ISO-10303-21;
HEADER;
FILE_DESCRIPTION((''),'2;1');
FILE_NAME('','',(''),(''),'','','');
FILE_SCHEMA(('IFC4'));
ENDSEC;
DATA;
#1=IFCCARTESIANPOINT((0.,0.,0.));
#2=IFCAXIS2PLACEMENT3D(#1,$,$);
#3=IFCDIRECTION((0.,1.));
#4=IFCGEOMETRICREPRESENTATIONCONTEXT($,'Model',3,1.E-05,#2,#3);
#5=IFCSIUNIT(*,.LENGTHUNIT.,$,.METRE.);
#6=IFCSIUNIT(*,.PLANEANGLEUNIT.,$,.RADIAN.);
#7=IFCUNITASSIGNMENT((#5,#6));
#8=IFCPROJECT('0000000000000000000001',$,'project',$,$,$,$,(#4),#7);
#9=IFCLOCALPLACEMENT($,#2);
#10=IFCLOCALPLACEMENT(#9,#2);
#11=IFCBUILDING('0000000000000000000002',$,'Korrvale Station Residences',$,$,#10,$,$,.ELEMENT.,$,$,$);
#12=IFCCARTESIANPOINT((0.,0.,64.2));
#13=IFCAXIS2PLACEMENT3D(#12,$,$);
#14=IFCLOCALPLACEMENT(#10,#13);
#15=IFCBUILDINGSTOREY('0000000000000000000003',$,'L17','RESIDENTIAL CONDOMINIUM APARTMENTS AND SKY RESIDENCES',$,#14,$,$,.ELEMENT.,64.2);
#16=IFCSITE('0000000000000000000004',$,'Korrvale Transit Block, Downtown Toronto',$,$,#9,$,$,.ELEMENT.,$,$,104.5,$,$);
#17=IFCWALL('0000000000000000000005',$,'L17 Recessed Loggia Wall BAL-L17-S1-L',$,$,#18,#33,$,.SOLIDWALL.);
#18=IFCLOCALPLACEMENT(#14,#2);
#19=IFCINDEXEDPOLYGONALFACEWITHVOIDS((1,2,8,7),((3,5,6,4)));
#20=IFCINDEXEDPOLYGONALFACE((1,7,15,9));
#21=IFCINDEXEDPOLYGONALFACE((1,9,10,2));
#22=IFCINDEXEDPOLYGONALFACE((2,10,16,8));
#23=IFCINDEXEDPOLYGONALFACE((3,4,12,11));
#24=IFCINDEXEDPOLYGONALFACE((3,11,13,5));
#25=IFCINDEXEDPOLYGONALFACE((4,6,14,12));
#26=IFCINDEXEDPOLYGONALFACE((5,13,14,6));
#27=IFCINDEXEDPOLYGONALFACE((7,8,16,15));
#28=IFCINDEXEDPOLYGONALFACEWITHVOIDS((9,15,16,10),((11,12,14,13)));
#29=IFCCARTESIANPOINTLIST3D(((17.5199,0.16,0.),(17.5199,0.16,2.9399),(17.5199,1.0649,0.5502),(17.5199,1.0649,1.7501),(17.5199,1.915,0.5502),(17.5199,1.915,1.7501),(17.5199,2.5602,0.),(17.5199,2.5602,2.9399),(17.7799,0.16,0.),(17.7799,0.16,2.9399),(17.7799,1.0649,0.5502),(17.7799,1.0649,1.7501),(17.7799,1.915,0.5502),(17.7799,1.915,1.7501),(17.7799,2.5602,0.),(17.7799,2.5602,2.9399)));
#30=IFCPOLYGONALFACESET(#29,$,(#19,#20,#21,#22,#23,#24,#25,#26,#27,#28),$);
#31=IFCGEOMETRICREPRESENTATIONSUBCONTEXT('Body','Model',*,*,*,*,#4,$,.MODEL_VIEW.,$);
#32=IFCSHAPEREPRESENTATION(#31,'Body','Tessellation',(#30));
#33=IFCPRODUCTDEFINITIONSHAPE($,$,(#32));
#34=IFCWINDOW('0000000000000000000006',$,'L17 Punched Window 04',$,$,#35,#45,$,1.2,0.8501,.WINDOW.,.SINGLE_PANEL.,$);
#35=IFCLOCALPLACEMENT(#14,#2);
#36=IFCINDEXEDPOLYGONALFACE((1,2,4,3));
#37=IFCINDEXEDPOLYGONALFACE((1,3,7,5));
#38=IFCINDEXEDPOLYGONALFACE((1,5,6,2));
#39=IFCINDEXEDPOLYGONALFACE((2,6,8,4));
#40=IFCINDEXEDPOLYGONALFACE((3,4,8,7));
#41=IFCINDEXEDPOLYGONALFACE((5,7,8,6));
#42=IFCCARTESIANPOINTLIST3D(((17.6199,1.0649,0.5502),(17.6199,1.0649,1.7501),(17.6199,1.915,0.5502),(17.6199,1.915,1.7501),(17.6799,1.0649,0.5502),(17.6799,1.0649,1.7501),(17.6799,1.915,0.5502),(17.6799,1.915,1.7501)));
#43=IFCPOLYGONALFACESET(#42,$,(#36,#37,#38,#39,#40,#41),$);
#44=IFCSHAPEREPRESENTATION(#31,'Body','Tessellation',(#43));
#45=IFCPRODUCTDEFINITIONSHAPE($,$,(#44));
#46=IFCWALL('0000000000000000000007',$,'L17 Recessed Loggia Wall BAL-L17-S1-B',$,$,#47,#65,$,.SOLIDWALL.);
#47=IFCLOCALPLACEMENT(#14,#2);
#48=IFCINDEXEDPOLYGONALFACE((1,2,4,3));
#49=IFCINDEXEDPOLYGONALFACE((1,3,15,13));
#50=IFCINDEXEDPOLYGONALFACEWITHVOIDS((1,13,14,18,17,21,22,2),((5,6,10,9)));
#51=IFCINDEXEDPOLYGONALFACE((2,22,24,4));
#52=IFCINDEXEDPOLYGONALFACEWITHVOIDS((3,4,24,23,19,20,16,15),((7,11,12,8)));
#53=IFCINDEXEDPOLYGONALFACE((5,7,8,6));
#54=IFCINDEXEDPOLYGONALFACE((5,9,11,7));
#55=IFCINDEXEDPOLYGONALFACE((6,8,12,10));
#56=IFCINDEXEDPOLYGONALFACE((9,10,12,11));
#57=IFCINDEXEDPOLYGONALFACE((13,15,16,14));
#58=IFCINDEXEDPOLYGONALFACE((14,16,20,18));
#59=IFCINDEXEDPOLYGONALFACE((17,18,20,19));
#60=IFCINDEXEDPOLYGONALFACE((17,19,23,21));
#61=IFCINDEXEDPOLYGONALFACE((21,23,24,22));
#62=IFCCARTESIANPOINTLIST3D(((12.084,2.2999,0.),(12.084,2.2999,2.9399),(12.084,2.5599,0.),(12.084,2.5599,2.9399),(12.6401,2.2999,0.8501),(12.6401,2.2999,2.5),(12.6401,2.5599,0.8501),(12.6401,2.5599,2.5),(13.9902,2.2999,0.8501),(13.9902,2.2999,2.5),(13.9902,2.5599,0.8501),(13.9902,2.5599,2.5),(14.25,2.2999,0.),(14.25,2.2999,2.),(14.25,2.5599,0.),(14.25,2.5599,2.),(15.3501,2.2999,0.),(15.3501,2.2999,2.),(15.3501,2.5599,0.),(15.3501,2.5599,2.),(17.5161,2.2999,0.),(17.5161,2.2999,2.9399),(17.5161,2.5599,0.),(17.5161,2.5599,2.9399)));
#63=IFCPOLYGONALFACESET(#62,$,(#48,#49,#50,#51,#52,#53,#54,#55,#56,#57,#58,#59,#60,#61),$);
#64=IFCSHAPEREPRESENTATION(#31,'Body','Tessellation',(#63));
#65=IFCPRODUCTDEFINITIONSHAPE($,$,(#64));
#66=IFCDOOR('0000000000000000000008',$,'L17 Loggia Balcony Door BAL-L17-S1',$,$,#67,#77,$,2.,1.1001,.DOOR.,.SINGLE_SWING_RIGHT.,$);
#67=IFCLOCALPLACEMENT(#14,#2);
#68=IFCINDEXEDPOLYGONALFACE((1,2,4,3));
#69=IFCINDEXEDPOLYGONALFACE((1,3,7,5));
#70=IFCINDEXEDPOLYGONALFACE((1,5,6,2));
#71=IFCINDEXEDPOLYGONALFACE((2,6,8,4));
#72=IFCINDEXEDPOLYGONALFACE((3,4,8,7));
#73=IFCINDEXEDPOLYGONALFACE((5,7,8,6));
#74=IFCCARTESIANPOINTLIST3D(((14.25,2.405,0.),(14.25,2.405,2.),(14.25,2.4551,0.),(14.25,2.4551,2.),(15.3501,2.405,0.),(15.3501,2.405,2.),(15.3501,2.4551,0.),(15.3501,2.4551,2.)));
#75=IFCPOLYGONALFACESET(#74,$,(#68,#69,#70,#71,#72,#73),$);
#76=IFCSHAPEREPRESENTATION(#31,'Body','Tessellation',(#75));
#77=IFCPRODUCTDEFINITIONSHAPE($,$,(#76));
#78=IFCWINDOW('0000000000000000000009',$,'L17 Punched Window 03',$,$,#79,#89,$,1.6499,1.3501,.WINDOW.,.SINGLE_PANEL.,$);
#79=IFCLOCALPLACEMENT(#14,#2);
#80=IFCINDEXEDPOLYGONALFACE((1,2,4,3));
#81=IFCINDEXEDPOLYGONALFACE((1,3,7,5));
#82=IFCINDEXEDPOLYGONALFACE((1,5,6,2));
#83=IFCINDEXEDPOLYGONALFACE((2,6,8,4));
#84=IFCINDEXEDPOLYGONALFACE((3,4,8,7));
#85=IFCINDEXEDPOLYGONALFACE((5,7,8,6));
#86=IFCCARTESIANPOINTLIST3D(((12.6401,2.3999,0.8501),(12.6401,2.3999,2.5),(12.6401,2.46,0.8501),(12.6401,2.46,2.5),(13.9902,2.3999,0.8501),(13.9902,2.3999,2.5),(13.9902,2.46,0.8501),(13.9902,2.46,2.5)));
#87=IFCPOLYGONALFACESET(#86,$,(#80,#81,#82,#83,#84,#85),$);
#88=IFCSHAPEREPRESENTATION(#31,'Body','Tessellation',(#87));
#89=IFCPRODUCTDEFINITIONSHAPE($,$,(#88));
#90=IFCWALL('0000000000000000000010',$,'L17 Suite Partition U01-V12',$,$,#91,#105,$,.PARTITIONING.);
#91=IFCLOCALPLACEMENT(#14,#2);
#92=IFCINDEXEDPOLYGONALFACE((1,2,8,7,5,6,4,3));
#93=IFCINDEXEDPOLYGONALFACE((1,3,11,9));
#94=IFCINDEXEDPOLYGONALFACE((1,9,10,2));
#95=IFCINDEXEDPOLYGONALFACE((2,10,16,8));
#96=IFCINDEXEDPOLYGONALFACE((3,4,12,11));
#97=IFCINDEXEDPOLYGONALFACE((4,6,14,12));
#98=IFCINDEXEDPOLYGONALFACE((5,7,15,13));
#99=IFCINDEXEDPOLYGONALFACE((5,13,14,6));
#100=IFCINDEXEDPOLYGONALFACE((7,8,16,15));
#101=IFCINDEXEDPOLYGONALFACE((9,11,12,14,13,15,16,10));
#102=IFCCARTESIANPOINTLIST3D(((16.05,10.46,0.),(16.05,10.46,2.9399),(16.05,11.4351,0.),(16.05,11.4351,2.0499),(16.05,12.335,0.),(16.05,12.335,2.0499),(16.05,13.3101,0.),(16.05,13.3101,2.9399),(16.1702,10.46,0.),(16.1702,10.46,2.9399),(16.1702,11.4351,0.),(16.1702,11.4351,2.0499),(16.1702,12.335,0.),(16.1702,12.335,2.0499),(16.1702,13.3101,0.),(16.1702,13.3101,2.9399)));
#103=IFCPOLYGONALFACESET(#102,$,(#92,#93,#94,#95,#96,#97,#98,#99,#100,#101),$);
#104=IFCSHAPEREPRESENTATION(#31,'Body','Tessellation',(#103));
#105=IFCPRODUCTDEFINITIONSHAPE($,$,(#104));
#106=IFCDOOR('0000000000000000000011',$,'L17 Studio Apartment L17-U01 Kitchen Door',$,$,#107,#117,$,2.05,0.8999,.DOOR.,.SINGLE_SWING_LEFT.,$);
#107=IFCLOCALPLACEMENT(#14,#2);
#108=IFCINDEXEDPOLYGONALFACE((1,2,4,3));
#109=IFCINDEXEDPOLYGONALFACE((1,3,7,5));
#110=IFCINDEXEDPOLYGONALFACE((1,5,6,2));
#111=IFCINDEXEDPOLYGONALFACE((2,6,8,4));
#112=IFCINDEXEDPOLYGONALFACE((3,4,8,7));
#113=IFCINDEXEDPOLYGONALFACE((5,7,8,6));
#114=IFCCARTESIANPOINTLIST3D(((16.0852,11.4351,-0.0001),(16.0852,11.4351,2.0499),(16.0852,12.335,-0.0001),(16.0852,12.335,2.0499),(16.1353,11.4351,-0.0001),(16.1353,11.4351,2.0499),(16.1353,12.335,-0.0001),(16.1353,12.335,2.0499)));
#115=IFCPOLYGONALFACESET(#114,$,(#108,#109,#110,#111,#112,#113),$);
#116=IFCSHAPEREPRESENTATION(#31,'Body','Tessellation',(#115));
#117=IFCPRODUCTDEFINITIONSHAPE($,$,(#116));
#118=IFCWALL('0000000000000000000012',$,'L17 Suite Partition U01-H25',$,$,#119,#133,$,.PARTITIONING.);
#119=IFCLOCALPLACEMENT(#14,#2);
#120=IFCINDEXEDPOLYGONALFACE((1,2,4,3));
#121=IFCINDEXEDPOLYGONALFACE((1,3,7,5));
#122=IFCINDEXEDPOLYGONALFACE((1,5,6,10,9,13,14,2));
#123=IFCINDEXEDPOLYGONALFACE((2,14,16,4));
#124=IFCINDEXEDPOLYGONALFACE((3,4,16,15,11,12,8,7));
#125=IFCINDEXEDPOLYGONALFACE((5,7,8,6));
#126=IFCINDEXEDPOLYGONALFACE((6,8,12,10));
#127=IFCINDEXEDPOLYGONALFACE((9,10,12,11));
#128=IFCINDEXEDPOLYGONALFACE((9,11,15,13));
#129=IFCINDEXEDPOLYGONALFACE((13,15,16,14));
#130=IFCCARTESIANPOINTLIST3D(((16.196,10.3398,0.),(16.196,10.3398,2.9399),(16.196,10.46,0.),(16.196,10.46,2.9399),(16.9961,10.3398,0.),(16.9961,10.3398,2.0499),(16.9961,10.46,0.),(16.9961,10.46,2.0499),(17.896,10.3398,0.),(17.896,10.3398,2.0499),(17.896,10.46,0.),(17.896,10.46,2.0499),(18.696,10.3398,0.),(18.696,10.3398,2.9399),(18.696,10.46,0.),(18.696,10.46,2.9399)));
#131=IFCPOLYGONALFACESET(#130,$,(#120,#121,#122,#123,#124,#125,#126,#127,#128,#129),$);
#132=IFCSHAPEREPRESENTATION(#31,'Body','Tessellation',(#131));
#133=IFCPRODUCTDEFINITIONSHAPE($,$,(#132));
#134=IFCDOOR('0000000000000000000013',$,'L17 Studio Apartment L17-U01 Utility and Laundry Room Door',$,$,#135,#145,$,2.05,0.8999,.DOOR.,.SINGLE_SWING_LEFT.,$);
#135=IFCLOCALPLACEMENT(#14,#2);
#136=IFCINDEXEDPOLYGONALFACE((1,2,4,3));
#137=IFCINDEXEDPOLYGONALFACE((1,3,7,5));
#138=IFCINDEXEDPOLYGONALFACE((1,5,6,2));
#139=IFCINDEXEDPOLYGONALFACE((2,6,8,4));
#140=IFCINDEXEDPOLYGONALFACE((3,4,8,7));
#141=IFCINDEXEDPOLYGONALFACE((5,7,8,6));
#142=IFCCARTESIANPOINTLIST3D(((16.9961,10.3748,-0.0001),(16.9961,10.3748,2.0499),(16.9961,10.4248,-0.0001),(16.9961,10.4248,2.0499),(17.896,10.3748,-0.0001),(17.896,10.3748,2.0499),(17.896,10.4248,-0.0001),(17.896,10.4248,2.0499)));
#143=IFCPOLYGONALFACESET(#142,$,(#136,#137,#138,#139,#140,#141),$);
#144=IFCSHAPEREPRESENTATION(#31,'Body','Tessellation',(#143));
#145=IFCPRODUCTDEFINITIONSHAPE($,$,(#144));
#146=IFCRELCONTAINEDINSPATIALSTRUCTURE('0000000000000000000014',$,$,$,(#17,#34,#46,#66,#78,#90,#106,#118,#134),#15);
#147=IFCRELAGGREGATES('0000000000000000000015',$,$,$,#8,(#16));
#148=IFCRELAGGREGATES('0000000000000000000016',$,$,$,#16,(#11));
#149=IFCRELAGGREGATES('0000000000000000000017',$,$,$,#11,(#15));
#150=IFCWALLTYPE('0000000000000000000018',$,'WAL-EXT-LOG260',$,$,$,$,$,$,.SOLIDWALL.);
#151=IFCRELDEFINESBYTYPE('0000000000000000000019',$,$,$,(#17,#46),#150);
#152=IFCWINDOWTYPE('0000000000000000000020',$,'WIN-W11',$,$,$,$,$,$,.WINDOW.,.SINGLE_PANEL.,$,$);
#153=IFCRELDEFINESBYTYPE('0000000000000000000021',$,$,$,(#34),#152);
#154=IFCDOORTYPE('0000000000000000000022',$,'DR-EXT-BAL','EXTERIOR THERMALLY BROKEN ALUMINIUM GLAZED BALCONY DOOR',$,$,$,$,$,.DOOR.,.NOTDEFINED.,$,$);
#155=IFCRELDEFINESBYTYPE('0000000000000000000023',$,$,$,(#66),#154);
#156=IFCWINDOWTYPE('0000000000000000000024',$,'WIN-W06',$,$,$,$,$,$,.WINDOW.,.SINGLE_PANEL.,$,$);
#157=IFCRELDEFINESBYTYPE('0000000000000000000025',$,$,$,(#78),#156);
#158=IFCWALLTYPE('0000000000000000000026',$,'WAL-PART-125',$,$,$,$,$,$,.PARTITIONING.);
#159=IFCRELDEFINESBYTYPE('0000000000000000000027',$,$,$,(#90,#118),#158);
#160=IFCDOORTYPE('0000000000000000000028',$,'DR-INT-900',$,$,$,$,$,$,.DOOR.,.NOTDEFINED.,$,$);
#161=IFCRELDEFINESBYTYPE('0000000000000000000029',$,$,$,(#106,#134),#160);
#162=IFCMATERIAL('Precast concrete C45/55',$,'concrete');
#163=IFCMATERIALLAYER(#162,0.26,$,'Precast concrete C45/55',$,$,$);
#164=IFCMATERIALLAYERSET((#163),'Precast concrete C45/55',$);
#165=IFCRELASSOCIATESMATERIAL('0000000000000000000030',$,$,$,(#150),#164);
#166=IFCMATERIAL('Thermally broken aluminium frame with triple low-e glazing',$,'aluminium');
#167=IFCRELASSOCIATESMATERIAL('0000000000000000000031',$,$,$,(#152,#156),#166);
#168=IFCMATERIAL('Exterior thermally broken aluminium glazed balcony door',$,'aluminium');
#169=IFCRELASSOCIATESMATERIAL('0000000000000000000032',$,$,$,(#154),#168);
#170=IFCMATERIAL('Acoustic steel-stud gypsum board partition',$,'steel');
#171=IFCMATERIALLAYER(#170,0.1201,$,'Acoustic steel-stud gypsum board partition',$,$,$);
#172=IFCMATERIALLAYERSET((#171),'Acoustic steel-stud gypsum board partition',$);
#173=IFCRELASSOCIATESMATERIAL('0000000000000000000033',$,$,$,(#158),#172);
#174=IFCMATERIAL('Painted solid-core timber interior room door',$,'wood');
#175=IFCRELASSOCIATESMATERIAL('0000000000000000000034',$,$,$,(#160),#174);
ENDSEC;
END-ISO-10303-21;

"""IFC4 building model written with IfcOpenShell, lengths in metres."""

from ifc_helpers import new_model, si_unit, direction, frame, frame_2d, origin, place, context, subcontext, project, spatial, rectangle, extrude, material, layer, layer_set, type_object, element, fill, save


model = new_model("IFC4")

# Units and contexts
model_context = context("Model", 3, precision=1e-05, world=origin(), true_north=direction((0.0, 1.0)))
body_context = subcontext(model_context, "Body", "Model", "MODEL_VIEW")
ifc_project = project(units=[si_unit("LENGTHUNIT", "METRE"), si_unit("PLANEANGLEUNIT", "RADIAN")], contexts=[model_context])

# Site, building, storey
site_placement = place(None, origin())
site = spatial("IfcSite", under=ifc_project, at=site_placement, Name="Korrvale Transit Block, Downtown Toronto", CompositionType="ELEMENT", RefElevation=104.5)
building_placement = place(site_placement, origin())
building = spatial("IfcBuilding", under=site, at=building_placement, Name="Korrvale Station Residences", CompositionType="ELEMENT")
storey_placement = place(building_placement, frame((0.0, 0.0, 64.2)))
storey = spatial("IfcBuildingStorey", under=building, at=storey_placement, Name="L17", Description="RESIDENTIAL CONDOMINIUM APARTMENTS AND SKY RESIDENCES", CompositionType="ELEMENT", Elevation=64.2)

# Wall, opening, window
ifc_material_1 = material(Name="Precast concrete C45/55", Category="concrete")
ifc_layer_1 = layer(ifc_material_1, 0.26, Name="Precast concrete C45/55")
ifc_layer_set_1 = layer_set([ifc_layer_1], Name="Precast concrete C45/55")
wall_type_1 = type_object("IfcWallType", Name="WAL-EXT-LOG260", PredefinedType="SOLIDWALL", material=ifc_layer_set_1)
wall_1_placement = place(storey_placement, frame((17.6499, 0.1599, 0.0), z_axis=(0.0, 0.0, 1.0), x_axis=(0.0, 1.0, 0.0)))
wall_1 = element("IfcWall", 1, at=wall_1_placement, inside=storey, type_object=wall_type_1, Name="L17 Recessed Loggia Wall BAL-L17-S1-L", PredefinedType="SOLIDWALL", context=body_context, shape_type="SweptSolid", body=[
    extrude(rectangle(XDim=2.4001, YDim=0.26, at=frame_2d((1.2002, 0.0))), origin(), (0.0, 0.0, 1.0), 2.9399),
])
opening_1_placement = place(wall_1_placement, frame((0.905, 0.0, 0.55)))
opening_1 = element("IfcOpeningElement", 2, at=opening_1_placement, cuts=wall_1, PredefinedType="OPENING", context=body_context, shape_type="SweptSolid", body=[
    extrude(rectangle(XDim=0.8501, YDim=1.2, at=frame_2d((0.425, 0.6001))), frame((0.0, 0.1401, 0.0), z_axis=(0.0, -1.0, 0.0), x_axis=(1.0, 0.0, 0.0)), (0.0, 0.0, 1.0), 0.28),
])
ifc_material_2 = material(Name="Thermally broken aluminium frame with triple low-e glazing", Category="aluminium")
window_type_1 = type_object("IfcWindowType", Name="WIN-W11", PartitioningType="SINGLE_PANEL", PredefinedType="WINDOW", material=ifc_material_2)
window_1_placement = place(opening_1_placement, origin())
window_1 = element("IfcWindow", 3, at=window_1_placement, inside=storey, type_object=window_type_1, Name="L17 Punched Window 04", OverallHeight=1.2, OverallWidth=0.8501, PartitioningType="SINGLE_PANEL", PredefinedType="WINDOW", context=body_context, shape_type="SweptSolid", body=[
    extrude(rectangle(XDim=0.8501, YDim=1.2, at=frame_2d((0.425, 0.6001))), frame((0.0, 0.03, 0.0), z_axis=(0.0, -1.0, 0.0), x_axis=(1.0, 0.0, 0.0)), (0.0, 0.0, 1.0), 0.0601),
])
fill(opening_1, window_1)

# Wall, openings, door, window
wall_2_placement = place(storey_placement, frame((17.5161, 2.4299, 0.0), z_axis=(0.0, 0.0, 1.0), x_axis=(-1.0, 0.0, 0.0)))
wall_2 = element("IfcWall", 4, at=wall_2_placement, inside=storey, type_object=wall_type_1, Name="L17 Recessed Loggia Wall BAL-L17-S1-B", PredefinedType="SOLIDWALL", context=body_context, shape_type="SweptSolid", body=[
    extrude(rectangle(XDim=5.4321, YDim=0.26, at=frame_2d((2.7161, 0.0))), origin(), (0.0, 0.0, 1.0), 2.9399),
])
opening_2_placement = place(wall_2_placement, frame((2.166, 0.0, 0.0)))
opening_2 = element("IfcOpeningElement", 5, at=opening_2_placement, cuts=wall_2, PredefinedType="OPENING", context=body_context, shape_type="SweptSolid", body=[
    extrude(rectangle(XDim=1.1001, YDim=2.0, at=frame_2d((0.55, 1.0))), frame((0.0, 0.1401, 0.0), z_axis=(0.0, -1.0, 0.0), x_axis=(1.0, 0.0, 0.0)), (0.0, 0.0, 1.0), 0.28),
])
opening_3_placement = place(wall_2_placement, frame((3.5259, 0.0, 0.8501)))
opening_3 = element("IfcOpeningElement", 6, at=opening_3_placement, cuts=wall_2, PredefinedType="OPENING", context=body_context, shape_type="SweptSolid", body=[
    extrude(rectangle(XDim=1.3501, YDim=1.6499, at=frame_2d((0.675, 0.825))), frame((0.0, 0.1401, 0.0), z_axis=(0.0, -1.0, 0.0), x_axis=(1.0, 0.0, 0.0)), (0.0, 0.0, 1.0), 0.28),
])
ifc_material_3 = material(Name="Exterior thermally broken aluminium glazed balcony door", Category="aluminium")
door_type_1 = type_object("IfcDoorType", Name="DR-EXT-BAL", Description="EXTERIOR THERMALLY BROKEN ALUMINIUM GLAZED BALCONY DOOR", OperationType="NOTDEFINED", PredefinedType="DOOR", material=ifc_material_3)
door_1_placement = place(opening_2_placement, origin())
door_1 = element("IfcDoor", 7, at=door_1_placement, inside=storey, type_object=door_type_1, Name="L17 Loggia Balcony Door BAL-L17-S1", OperationType="SINGLE_SWING_RIGHT", OverallHeight=2.0, OverallWidth=1.1001, PredefinedType="DOOR", context=body_context, shape_type="SweptSolid", body=[
    extrude(rectangle(XDim=1.1001, YDim=2.0, at=frame_2d((0.55, 1.0))), frame((0.0, 0.0249, 0.0), z_axis=(0.0, -1.0, 0.0), x_axis=(1.0, 0.0, 0.0)), (0.0, 0.0, 1.0), 0.05),
])
fill(opening_2, door_1)
window_type_2 = type_object("IfcWindowType", Name="WIN-W06", PartitioningType="SINGLE_PANEL", PredefinedType="WINDOW", material=ifc_material_2)
window_2_placement = place(opening_3_placement, origin())
window_2 = element("IfcWindow", 8, at=window_2_placement, inside=storey, type_object=window_type_2, Name="L17 Punched Window 03", OverallHeight=1.6499, OverallWidth=1.3501, PartitioningType="SINGLE_PANEL", PredefinedType="WINDOW", context=body_context, shape_type="SweptSolid", body=[
    extrude(rectangle(XDim=1.3501, YDim=1.6499, at=frame_2d((0.675, 0.825))), frame((0.0, 0.03, 0.0), z_axis=(0.0, -1.0, 0.0), x_axis=(1.0, 0.0, 0.0)), (0.0, 0.0, 1.0), 0.0601),
])
fill(opening_3, window_2)

# Walls, openings, doors
ifc_material_4 = material(Name="Acoustic steel-stud gypsum board partition", Category="steel")
ifc_layer_2 = layer(ifc_material_4, 0.1201, Name="Acoustic steel-stud gypsum board partition")
ifc_layer_set_2 = layer_set([ifc_layer_2], Name="Acoustic steel-stud gypsum board partition")
wall_type_2 = type_object("IfcWallType", Name="WAL-PART-125", PredefinedType="PARTITIONING", material=ifc_layer_set_2)
wall_3_placement = place(storey_placement, frame((16.1101, 10.46, 0.0), z_axis=(0.0, 0.0, 1.0), x_axis=(0.0, 1.0, 0.0)))
wall_3 = element("IfcWall", 9, at=wall_3_placement, inside=storey, type_object=wall_type_2, Name="L17 Suite Partition U01-V12", PredefinedType="PARTITIONING", context=body_context, shape_type="SweptSolid", body=[
    extrude(rectangle(XDim=2.8501, YDim=0.1201, at=frame_2d((1.425, 0.0))), origin(), (0.0, 0.0, 1.0), 2.9399),
])
opening_4_placement = place(wall_3_placement, frame((0.9751, 0.0, 0.0)))
opening_4 = element("IfcOpeningElement", 10, at=opening_4_placement, cuts=wall_3, PredefinedType="OPENING", context=body_context, shape_type="SweptSolid", body=[
    extrude(rectangle(XDim=0.8999, YDim=2.05, at=frame_2d((0.45, 1.0249))), frame((0.0, 0.0701, 0.0), z_axis=(0.0, -1.0, 0.0), x_axis=(1.0, 0.0, 0.0)), (0.0, 0.0, 1.0), 0.1401),
])
ifc_material_5 = material(Name="Painted solid-core timber interior room door", Category="wood")
door_type_2 = type_object("IfcDoorType", Name="DR-INT-900", OperationType="NOTDEFINED", PredefinedType="DOOR", material=ifc_material_5)
door_2_placement = place(opening_4_placement, origin())
door_2 = element("IfcDoor", 11, at=door_2_placement, inside=storey, type_object=door_type_2, Name="L17 Studio Apartment L17-U01 Kitchen Door", OperationType="SINGLE_SWING_LEFT", OverallHeight=2.05, OverallWidth=0.8999, PredefinedType="DOOR", context=body_context, shape_type="SweptSolid", body=[
    extrude(rectangle(XDim=0.8999, YDim=2.05, at=frame_2d((0.45, 1.0249))), frame((0.0, 0.0249, 0.0), z_axis=(0.0, -1.0, 0.0), x_axis=(1.0, 0.0, 0.0)), (0.0, 0.0, 1.0), 0.05),
])
fill(opening_4, door_2)
wall_4_placement = place(storey_placement, frame((16.196, 10.3999, 0.0), z_axis=(0.0, 0.0, 1.0), x_axis=(1.0, 0.0, 0.0)))
wall_4 = element("IfcWall", 12, at=wall_4_placement, inside=storey, type_object=wall_type_2, Name="L17 Suite Partition U01-H25", PredefinedType="PARTITIONING", context=body_context, shape_type="SweptSolid", body=[
    extrude(rectangle(XDim=2.5, YDim=0.1201, at=frame_2d((1.25, 0.0))), origin(), (0.0, 0.0, 1.0), 2.9399),
])
opening_5_placement = place(wall_4_placement, frame((0.8, 0.0, 0.0)))
opening_5 = element("IfcOpeningElement", 13, at=opening_5_placement, cuts=wall_4, PredefinedType="OPENING", context=body_context, shape_type="SweptSolid", body=[
    extrude(rectangle(XDim=0.8999, YDim=2.05, at=frame_2d((0.45, 1.0249))), frame((0.0, 0.0701, 0.0), z_axis=(0.0, -1.0, 0.0), x_axis=(1.0, 0.0, 0.0)), (0.0, 0.0, 1.0), 0.1401),
])
door_3_placement = place(opening_5_placement, origin())
door_3 = element("IfcDoor", 14, at=door_3_placement, inside=storey, type_object=door_type_2, Name="L17 Studio Apartment L17-U01 Utility and Laundry Room Door", OperationType="SINGLE_SWING_LEFT", OverallHeight=2.05, OverallWidth=0.8999, PredefinedType="DOOR", context=body_context, shape_type="SweptSolid", body=[
    extrude(rectangle(XDim=0.8999, YDim=2.05, at=frame_2d((0.45, 1.0249))), frame((0.0, 0.0249, 0.0), z_axis=(0.0, -1.0, 0.0), x_axis=(1.0, 0.0, 0.0)), (0.0, 0.0, 1.0), 0.05),
])
fill(opening_5, door_3)

save(model, "model.ifc")
